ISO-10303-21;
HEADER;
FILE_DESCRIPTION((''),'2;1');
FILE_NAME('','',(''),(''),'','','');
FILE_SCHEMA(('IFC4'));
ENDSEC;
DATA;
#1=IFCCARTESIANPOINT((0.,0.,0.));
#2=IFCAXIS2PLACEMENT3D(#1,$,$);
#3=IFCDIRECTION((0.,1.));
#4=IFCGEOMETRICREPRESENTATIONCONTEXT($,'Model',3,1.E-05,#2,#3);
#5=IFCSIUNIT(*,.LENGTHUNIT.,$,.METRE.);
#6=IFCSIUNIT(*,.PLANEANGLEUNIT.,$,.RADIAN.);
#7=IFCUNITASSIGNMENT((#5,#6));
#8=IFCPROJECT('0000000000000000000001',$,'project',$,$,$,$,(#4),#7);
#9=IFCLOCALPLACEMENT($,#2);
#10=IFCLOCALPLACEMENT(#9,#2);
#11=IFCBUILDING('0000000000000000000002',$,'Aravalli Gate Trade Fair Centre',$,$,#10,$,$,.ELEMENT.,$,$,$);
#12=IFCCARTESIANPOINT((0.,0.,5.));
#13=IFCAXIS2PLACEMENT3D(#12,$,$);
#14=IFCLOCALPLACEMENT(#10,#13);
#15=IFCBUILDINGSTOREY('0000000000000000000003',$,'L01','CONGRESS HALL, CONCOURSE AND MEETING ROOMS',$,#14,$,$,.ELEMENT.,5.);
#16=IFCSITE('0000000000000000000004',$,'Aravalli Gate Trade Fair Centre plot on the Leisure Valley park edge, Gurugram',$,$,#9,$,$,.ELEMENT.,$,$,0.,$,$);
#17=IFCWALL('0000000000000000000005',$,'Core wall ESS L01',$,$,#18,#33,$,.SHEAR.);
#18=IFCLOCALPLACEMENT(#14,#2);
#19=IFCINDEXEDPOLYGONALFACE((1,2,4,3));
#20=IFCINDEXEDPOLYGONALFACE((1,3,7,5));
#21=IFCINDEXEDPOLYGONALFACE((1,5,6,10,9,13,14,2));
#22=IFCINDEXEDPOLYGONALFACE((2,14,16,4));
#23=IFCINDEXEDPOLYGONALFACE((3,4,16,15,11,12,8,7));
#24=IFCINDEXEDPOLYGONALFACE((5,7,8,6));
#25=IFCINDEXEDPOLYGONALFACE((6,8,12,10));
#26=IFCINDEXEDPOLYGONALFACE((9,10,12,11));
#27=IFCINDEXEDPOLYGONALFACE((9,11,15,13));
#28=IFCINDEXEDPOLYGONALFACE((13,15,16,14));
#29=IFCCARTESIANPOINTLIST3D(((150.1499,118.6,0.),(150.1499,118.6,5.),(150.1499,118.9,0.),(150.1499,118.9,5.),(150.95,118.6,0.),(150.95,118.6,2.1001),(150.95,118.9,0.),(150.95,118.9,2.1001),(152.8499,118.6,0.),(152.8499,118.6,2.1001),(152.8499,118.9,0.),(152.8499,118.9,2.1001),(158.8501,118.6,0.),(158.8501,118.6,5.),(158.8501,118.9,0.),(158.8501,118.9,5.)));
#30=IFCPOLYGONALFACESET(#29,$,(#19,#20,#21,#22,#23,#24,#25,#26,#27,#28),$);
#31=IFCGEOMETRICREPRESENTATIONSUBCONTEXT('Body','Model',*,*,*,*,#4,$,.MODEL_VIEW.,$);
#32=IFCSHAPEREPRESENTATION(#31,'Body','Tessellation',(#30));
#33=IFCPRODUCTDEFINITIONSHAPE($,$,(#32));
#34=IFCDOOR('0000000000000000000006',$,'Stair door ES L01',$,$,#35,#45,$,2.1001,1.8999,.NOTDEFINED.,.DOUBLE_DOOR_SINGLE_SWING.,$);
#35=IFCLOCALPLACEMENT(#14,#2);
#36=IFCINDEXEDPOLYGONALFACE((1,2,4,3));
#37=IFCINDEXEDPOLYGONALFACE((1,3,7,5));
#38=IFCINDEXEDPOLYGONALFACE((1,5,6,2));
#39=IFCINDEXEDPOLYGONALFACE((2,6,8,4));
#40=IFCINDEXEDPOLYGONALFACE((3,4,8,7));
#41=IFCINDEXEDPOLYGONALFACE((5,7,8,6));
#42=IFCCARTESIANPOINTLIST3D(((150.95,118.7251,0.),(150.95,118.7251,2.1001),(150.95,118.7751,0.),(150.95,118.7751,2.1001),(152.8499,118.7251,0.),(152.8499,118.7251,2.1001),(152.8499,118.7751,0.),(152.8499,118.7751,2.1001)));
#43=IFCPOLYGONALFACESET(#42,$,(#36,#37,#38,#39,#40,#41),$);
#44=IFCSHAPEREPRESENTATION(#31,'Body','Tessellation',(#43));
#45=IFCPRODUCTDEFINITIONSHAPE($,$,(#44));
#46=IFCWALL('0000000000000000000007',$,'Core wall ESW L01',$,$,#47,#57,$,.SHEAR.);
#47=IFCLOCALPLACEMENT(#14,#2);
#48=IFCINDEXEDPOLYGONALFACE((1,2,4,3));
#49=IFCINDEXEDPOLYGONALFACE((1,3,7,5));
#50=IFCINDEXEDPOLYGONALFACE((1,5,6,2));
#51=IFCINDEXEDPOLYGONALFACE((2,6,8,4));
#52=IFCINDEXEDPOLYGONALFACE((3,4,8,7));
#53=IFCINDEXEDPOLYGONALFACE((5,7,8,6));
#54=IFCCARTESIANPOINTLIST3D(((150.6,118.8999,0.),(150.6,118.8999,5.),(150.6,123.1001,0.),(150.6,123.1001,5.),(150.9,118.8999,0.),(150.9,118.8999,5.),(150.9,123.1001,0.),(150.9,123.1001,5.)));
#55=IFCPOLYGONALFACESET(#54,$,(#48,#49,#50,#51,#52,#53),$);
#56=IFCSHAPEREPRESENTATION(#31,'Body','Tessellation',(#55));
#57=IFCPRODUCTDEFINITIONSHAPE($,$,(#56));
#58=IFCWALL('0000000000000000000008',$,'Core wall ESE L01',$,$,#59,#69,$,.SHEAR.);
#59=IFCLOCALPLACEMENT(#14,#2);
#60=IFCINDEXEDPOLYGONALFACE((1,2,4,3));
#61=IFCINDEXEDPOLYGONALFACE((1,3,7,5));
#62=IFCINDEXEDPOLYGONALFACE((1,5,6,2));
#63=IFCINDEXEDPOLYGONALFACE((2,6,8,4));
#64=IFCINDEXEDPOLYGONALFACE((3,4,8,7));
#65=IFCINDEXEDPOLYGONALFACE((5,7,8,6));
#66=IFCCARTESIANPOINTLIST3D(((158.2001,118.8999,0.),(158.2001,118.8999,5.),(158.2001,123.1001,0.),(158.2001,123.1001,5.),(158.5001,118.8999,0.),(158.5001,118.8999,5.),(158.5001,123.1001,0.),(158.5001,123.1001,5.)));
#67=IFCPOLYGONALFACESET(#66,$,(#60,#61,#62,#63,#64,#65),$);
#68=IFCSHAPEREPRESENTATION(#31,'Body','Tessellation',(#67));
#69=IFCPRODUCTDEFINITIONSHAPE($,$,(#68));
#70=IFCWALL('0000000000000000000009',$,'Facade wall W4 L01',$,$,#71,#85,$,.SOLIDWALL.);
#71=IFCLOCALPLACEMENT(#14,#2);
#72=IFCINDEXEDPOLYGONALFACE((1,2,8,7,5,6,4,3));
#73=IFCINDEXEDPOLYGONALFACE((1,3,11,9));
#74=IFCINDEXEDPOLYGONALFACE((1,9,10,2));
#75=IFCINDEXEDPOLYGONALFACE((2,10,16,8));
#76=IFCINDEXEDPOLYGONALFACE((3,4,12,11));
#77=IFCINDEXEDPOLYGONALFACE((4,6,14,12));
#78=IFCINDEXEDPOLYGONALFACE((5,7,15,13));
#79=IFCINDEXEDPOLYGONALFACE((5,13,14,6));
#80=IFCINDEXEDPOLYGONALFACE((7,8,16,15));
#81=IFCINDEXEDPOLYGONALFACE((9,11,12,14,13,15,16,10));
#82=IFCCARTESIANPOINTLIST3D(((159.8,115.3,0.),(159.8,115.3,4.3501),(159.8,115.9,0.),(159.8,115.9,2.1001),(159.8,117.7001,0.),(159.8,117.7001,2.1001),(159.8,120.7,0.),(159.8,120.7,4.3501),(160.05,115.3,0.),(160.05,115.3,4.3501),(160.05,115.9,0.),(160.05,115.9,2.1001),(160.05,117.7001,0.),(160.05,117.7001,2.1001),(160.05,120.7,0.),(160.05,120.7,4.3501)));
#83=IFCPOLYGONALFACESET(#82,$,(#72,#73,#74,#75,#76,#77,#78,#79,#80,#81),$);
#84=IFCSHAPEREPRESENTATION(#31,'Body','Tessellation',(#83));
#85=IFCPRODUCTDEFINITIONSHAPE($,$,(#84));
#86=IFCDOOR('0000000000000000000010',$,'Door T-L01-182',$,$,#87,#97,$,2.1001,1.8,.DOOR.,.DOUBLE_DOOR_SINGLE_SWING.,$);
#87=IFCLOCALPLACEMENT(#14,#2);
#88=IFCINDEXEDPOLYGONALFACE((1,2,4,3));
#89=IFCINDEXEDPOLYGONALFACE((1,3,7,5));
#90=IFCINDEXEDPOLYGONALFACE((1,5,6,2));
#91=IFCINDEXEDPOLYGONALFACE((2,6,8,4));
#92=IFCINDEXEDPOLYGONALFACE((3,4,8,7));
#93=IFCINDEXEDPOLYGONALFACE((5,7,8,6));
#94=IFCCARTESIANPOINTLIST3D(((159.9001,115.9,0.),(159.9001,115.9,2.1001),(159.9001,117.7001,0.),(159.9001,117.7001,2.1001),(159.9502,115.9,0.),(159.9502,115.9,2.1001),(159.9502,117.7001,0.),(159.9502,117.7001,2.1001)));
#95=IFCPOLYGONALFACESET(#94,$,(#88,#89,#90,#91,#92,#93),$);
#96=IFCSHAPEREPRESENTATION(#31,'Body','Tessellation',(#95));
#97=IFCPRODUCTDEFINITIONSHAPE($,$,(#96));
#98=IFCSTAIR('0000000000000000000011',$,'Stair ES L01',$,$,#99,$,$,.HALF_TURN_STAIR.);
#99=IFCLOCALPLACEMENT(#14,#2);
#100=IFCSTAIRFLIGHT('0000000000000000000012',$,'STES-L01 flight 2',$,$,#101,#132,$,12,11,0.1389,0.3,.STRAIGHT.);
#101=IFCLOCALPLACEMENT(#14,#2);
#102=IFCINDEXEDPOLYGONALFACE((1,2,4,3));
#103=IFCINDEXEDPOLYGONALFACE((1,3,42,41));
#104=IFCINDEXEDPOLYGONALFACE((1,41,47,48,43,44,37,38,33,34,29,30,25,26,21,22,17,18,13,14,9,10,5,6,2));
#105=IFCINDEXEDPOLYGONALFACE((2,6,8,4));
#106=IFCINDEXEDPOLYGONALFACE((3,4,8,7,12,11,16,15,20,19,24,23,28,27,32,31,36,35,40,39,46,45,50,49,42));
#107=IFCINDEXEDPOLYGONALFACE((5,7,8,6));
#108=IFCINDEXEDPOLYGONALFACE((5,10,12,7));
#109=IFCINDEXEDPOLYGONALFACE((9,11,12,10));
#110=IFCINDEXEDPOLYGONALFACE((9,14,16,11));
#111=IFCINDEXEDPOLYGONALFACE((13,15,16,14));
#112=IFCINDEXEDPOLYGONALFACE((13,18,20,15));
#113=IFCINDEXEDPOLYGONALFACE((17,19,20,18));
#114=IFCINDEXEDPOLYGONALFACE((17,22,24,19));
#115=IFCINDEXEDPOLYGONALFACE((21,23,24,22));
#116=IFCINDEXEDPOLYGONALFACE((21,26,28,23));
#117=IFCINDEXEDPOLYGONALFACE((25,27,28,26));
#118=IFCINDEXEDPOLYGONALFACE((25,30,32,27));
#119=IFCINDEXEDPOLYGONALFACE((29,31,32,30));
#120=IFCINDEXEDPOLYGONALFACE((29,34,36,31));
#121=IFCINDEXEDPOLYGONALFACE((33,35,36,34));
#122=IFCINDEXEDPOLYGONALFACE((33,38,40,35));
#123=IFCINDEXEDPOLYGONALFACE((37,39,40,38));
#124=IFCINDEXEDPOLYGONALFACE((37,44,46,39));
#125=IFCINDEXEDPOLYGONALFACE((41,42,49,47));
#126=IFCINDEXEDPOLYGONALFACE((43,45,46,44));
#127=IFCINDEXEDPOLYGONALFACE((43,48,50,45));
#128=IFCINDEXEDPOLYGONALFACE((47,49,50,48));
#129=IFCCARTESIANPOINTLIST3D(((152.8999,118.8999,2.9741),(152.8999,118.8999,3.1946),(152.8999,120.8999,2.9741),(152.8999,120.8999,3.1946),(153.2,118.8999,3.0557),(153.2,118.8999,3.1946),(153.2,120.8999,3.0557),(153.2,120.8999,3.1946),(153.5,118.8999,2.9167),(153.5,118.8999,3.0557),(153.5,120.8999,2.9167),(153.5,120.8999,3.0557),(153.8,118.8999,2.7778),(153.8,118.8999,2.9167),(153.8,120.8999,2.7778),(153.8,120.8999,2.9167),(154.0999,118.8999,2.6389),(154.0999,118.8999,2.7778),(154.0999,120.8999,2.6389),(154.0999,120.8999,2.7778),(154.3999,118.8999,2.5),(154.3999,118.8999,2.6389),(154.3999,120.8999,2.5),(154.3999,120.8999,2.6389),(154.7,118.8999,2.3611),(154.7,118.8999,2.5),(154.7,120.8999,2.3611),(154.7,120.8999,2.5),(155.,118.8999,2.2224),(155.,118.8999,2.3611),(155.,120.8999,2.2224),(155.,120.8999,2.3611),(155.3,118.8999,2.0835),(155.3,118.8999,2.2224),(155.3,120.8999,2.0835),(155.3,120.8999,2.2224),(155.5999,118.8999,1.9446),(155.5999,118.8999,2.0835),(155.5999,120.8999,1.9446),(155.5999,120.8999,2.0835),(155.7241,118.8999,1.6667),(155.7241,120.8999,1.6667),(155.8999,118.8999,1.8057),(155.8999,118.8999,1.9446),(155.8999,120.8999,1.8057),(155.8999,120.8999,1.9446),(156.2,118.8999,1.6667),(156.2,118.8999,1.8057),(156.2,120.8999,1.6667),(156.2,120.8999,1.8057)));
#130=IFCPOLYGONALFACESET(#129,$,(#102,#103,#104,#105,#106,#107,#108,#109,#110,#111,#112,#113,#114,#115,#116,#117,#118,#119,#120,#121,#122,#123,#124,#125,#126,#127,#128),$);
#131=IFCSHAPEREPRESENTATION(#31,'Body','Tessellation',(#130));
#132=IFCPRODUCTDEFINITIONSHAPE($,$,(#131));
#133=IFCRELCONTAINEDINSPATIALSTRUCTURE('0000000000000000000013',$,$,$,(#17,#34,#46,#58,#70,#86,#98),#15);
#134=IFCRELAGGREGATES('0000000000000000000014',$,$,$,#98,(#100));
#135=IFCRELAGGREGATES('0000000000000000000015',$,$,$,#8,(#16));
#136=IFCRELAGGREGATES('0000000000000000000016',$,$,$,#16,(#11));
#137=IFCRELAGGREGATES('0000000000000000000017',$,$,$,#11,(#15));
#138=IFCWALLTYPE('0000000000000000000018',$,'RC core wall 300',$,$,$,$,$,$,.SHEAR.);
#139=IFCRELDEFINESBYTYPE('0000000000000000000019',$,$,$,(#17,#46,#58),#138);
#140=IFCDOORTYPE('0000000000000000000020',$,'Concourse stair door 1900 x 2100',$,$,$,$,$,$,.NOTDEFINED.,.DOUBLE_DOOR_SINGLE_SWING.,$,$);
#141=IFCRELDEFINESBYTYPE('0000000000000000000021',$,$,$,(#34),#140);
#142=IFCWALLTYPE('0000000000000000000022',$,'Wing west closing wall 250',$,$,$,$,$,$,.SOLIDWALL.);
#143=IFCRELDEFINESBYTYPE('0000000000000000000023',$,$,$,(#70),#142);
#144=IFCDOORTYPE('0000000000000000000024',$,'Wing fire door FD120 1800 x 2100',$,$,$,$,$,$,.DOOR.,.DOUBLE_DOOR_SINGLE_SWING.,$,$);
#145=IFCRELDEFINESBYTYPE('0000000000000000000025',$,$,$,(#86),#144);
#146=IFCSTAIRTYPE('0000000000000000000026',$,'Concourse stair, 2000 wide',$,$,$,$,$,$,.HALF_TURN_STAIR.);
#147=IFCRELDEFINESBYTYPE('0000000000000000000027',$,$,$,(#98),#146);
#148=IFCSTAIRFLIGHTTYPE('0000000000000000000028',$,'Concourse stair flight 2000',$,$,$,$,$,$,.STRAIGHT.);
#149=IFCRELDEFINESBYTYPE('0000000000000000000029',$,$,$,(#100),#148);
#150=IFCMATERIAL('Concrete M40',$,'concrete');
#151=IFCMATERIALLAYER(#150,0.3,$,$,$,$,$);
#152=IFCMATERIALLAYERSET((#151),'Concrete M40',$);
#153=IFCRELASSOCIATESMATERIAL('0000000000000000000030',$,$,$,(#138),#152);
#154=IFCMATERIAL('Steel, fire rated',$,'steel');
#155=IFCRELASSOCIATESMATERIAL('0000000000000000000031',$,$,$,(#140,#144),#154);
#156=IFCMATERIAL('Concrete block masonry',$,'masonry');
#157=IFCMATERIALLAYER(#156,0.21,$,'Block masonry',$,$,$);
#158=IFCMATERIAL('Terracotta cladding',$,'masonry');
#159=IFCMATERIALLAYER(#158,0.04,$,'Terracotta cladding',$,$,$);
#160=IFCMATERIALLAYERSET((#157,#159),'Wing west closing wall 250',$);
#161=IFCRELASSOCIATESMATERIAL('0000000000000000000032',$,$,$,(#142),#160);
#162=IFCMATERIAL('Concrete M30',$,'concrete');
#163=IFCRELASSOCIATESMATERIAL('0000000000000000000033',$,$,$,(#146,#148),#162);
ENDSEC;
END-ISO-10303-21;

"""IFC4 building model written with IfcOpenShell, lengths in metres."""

from ifc_helpers import new_model, si_unit, direction, frame, frame_2d, origin, place, context, subcontext, project, spatial, polyline, rectangle, outline, extrude, material, layer, layer_set, type_object, element, fill, aggregate, save


model = new_model("IFC4")

# Units and contexts
model_context = context("Model", 3, precision=1e-05, world=origin(), true_north=direction((0.0, 1.0)))
body_context = subcontext(model_context, "Body", "Model", "MODEL_VIEW")
ifc_project = project(units=[si_unit("LENGTHUNIT", "METRE"), si_unit("PLANEANGLEUNIT", "RADIAN")], contexts=[model_context])

# Site, building, storey
site_placement = place(None, origin())
site = spatial("IfcSite", under=ifc_project, at=site_placement, Name="Aravalli Gate Trade Fair Centre plot on the Leisure Valley park edge, Gurugram", CompositionType="ELEMENT", RefElevation=0.0)
building_placement = place(site_placement, origin())
building = spatial("IfcBuilding", under=site, at=building_placement, Name="Aravalli Gate Trade Fair Centre", CompositionType="ELEMENT")
storey_placement = place(building_placement, frame((0.0, 0.0, 5.0)))
storey = spatial("IfcBuildingStorey", under=building, at=storey_placement, Name="L01", Description="CONGRESS HALL, CONCOURSE AND MEETING ROOMS", CompositionType="ELEMENT", Elevation=5.0)

# Wall, opening, door
ifc_material_1 = material(Name="Concrete M40", Category="concrete")
ifc_layer_1 = layer(ifc_material_1, 0.3)
ifc_layer_set_1 = layer_set([ifc_layer_1], Name="Concrete M40")
wall_type_1 = type_object("IfcWallType", Name="RC core wall 300", PredefinedType="SHEAR", material=ifc_layer_set_1)
wall_1_placement = place(storey_placement, frame((150.1499, 118.75, 0.0), z_axis=(0.0, 0.0, 1.0), x_axis=(1.0, 0.0, 0.0)))
wall_1 = element("IfcWall", 1, at=wall_1_placement, inside=storey, type_object=wall_type_1, Name="Core wall ESS L01", PredefinedType="SHEAR", context=body_context, shape_type="SweptSolid", body=[
    extrude(rectangle(XDim=8.7002, YDim=0.3, at=frame_2d((4.3501, 0.0))), origin(), (0.0, 0.0, 1.0), 5.0),
])
opening_1_placement = place(wall_1_placement, frame((0.8, 0.0, 0.0)))
opening_1 = element("IfcOpeningElement", 2, at=opening_1_placement, cuts=wall_1, PredefinedType="OPENING", context=body_context, shape_type="SweptSolid", body=[
    extrude(rectangle(XDim=1.8999, YDim=2.1001, at=frame_2d((0.95, 1.05))), frame((0.0, 0.1599, 0.0), z_axis=(0.0, -1.0, 0.0), x_axis=(1.0, 0.0, 0.0)), (0.0, 0.0, 1.0), 0.3201),
])
ifc_material_2 = material(Name="Steel, fire rated", Category="steel")
door_type_1 = type_object("IfcDoorType", Name="Concourse stair door 1900 x 2100", OperationType="DOUBLE_DOOR_SINGLE_SWING", PredefinedType="NOTDEFINED", material=ifc_material_2)
door_1_placement = place(opening_1_placement, frame((1.8999, 0.0, 0.0), z_axis=(0.0, 0.0, 1.0), x_axis=(-1.0, 0.0, 0.0)))
door_1 = element("IfcDoor", 3, at=door_1_placement, inside=storey, type_object=door_type_1, Name="Stair door ES L01", OperationType="DOUBLE_DOOR_SINGLE_SWING", OverallHeight=2.1001, OverallWidth=1.8999, PredefinedType="NOTDEFINED", context=body_context, shape_type="SweptSolid", body=[
    extrude(rectangle(XDim=1.8999, YDim=2.1001, at=frame_2d((0.95, 1.05))), frame((0.0, 0.0249, 0.0), z_axis=(0.0, -1.0, 0.0), x_axis=(1.0, 0.0, 0.0)), (0.0, 0.0, 1.0), 0.05),
])
fill(opening_1, door_1)

# Walls
for number, where, z_axis, x_axis, name in (
    (4, (150.75, 118.8999, 0.0), (0.0, 0.0, 1.0), (0.0, 1.0, 0.0), "Core wall ESW L01"),
    (5, (158.3501, 118.8999, 0.0), (0.0, 0.0, 1.0), (0.0, 1.0, 0.0), "Core wall ESE L01"),
):
    element("IfcWall", number, at=place(storey_placement, frame(where, z_axis=z_axis, x_axis=x_axis)), inside=storey, type_object=wall_type_1, Name=name, PredefinedType="SHEAR", context=body_context, shape_type="SweptSolid", body=[
        extrude(rectangle(XDim=4.2002, YDim=0.3, at=frame_2d((2.1001, 0.0))), origin(), (0.0, 0.0, 1.0), 5.0),
    ])

# Wall, opening, door
ifc_material_3 = material(Name="Concrete block masonry", Category="masonry")
ifc_layer_2 = layer(ifc_material_3, 0.21, Name="Block masonry")
ifc_material_4 = material(Name="Terracotta cladding", Category="masonry")
ifc_layer_3 = layer(ifc_material_4, 0.04, Name="Terracotta cladding")
ifc_layer_set_2 = layer_set([ifc_layer_2, ifc_layer_3], Name="Wing west closing wall 250")
wall_type_2 = type_object("IfcWallType", Name="Wing west closing wall 250", PredefinedType="SOLIDWALL", material=ifc_layer_set_2)
wall_2_placement = place(storey_placement, frame((159.925, 115.3, 0.0), z_axis=(0.0, 0.0, 1.0), x_axis=(0.0, 1.0, 0.0)))
wall_2 = element("IfcWall", 6, at=wall_2_placement, inside=storey, type_object=wall_type_2, Name="Facade wall W4 L01", PredefinedType="SOLIDWALL", context=body_context, shape_type="SweptSolid", body=[
    extrude(rectangle(XDim=5.3999, YDim=0.25, at=frame_2d((2.7, 0.0))), origin(), (0.0, 0.0, 1.0), 4.3501),
])
opening_2_placement = place(wall_2_placement, frame((0.6001, 0.0, 0.0)))
opening_2 = element("IfcOpeningElement", 7, at=opening_2_placement, cuts=wall_2, PredefinedType="OPENING", context=body_context, shape_type="SweptSolid", body=[
    extrude(rectangle(XDim=1.8, YDim=2.1001, at=frame_2d((0.8999, 1.05))), frame((0.0, 0.135, 0.0), z_axis=(0.0, -1.0, 0.0), x_axis=(1.0, 0.0, 0.0)), (0.0, 0.0, 1.0), 0.27),
])
door_type_2 = type_object("IfcDoorType", Name="Wing fire door FD120 1800 x 2100", OperationType="DOUBLE_DOOR_SINGLE_SWING", PredefinedType="DOOR", material=ifc_material_2)
door_2_placement = place(opening_2_placement, origin())
door_2 = element("IfcDoor", 8, at=door_2_placement, inside=storey, type_object=door_type_2, Name="Door T-L01-182", OperationType="DOUBLE_DOOR_SINGLE_SWING", OverallHeight=2.1001, OverallWidth=1.8, PredefinedType="DOOR", context=body_context, shape_type="SweptSolid", body=[
    extrude(rectangle(XDim=1.8, YDim=2.1001, at=frame_2d((0.8999, 1.05))), frame((0.0, 0.0249, 0.0), z_axis=(0.0, -1.0, 0.0), x_axis=(1.0, 0.0, 0.0)), (0.0, 0.0, 1.0), 0.05),
])
fill(opening_2, door_2)

# Stair, stair flight
ifc_material_5 = material(Name="Concrete M30", Category="concrete")
stair_type = type_object("IfcStairType", Name="Concourse stair, 2000 wide", PredefinedType="HALF_TURN_STAIR", material=ifc_material_5)
stair_placement = place(storey_placement, origin())
stair = element("IfcStair", 9, at=stair_placement, inside=storey, type_object=stair_type, Name="Stair ES L01", PredefinedType="HALF_TURN_STAIR")
stair_flight_type = type_object("IfcStairFlightType", Name="Concourse stair flight 2000", PredefinedType="STRAIGHT", material=ifc_material_5)
stair_flight_placement = place(storey_placement, frame((156.2, 119.8999, 1.6667), z_axis=(0.0, 0.0, 1.0), x_axis=(-1.0, 0.0, 0.0)))
stair_flight = element("IfcStairFlight", 10, at=stair_flight_placement, type_object=stair_flight_type, Name="STES-L01 flight 2", NumberOfRisers=12, NumberOfTreads=11, PredefinedType="STRAIGHT", RiserHeight=0.1389, TreadLength=0.3, context=body_context, shape_type="SweptSolid", body=[
    extrude(outline(polyline([(0.0, 0.0), (0.0, 0.1389), (0.3, 0.1389), (0.3, 0.2778), (0.6001, 0.2778), (0.6001, 0.4167), (0.8999, 0.4167), (0.8999, 0.5557), (1.2, 0.5557), (1.2, 0.6943), (1.5, 0.6943), (1.5, 0.8333), (1.8, 0.8333), (1.8, 0.9722), (2.1001, 0.9722), (2.1001, 1.1111), (2.3999, 1.1111), (2.3999, 1.25), (2.7, 1.25), (2.7, 1.3889), (3.0, 1.3889), (3.0, 1.5278), (3.3, 1.5278), (3.3, 1.6667), (3.3, 1.3074), (0.4758, 0.0), (0.0, 0.0)])), frame((0.0, 1.0, 0.0), z_axis=(0.0, -1.0, 0.0), x_axis=(1.0, 0.0, 0.0)), (0.0, 0.0, 1.0), 2.0),
])
aggregate(stair, [stair_flight])

save(model, "model.ifc")
